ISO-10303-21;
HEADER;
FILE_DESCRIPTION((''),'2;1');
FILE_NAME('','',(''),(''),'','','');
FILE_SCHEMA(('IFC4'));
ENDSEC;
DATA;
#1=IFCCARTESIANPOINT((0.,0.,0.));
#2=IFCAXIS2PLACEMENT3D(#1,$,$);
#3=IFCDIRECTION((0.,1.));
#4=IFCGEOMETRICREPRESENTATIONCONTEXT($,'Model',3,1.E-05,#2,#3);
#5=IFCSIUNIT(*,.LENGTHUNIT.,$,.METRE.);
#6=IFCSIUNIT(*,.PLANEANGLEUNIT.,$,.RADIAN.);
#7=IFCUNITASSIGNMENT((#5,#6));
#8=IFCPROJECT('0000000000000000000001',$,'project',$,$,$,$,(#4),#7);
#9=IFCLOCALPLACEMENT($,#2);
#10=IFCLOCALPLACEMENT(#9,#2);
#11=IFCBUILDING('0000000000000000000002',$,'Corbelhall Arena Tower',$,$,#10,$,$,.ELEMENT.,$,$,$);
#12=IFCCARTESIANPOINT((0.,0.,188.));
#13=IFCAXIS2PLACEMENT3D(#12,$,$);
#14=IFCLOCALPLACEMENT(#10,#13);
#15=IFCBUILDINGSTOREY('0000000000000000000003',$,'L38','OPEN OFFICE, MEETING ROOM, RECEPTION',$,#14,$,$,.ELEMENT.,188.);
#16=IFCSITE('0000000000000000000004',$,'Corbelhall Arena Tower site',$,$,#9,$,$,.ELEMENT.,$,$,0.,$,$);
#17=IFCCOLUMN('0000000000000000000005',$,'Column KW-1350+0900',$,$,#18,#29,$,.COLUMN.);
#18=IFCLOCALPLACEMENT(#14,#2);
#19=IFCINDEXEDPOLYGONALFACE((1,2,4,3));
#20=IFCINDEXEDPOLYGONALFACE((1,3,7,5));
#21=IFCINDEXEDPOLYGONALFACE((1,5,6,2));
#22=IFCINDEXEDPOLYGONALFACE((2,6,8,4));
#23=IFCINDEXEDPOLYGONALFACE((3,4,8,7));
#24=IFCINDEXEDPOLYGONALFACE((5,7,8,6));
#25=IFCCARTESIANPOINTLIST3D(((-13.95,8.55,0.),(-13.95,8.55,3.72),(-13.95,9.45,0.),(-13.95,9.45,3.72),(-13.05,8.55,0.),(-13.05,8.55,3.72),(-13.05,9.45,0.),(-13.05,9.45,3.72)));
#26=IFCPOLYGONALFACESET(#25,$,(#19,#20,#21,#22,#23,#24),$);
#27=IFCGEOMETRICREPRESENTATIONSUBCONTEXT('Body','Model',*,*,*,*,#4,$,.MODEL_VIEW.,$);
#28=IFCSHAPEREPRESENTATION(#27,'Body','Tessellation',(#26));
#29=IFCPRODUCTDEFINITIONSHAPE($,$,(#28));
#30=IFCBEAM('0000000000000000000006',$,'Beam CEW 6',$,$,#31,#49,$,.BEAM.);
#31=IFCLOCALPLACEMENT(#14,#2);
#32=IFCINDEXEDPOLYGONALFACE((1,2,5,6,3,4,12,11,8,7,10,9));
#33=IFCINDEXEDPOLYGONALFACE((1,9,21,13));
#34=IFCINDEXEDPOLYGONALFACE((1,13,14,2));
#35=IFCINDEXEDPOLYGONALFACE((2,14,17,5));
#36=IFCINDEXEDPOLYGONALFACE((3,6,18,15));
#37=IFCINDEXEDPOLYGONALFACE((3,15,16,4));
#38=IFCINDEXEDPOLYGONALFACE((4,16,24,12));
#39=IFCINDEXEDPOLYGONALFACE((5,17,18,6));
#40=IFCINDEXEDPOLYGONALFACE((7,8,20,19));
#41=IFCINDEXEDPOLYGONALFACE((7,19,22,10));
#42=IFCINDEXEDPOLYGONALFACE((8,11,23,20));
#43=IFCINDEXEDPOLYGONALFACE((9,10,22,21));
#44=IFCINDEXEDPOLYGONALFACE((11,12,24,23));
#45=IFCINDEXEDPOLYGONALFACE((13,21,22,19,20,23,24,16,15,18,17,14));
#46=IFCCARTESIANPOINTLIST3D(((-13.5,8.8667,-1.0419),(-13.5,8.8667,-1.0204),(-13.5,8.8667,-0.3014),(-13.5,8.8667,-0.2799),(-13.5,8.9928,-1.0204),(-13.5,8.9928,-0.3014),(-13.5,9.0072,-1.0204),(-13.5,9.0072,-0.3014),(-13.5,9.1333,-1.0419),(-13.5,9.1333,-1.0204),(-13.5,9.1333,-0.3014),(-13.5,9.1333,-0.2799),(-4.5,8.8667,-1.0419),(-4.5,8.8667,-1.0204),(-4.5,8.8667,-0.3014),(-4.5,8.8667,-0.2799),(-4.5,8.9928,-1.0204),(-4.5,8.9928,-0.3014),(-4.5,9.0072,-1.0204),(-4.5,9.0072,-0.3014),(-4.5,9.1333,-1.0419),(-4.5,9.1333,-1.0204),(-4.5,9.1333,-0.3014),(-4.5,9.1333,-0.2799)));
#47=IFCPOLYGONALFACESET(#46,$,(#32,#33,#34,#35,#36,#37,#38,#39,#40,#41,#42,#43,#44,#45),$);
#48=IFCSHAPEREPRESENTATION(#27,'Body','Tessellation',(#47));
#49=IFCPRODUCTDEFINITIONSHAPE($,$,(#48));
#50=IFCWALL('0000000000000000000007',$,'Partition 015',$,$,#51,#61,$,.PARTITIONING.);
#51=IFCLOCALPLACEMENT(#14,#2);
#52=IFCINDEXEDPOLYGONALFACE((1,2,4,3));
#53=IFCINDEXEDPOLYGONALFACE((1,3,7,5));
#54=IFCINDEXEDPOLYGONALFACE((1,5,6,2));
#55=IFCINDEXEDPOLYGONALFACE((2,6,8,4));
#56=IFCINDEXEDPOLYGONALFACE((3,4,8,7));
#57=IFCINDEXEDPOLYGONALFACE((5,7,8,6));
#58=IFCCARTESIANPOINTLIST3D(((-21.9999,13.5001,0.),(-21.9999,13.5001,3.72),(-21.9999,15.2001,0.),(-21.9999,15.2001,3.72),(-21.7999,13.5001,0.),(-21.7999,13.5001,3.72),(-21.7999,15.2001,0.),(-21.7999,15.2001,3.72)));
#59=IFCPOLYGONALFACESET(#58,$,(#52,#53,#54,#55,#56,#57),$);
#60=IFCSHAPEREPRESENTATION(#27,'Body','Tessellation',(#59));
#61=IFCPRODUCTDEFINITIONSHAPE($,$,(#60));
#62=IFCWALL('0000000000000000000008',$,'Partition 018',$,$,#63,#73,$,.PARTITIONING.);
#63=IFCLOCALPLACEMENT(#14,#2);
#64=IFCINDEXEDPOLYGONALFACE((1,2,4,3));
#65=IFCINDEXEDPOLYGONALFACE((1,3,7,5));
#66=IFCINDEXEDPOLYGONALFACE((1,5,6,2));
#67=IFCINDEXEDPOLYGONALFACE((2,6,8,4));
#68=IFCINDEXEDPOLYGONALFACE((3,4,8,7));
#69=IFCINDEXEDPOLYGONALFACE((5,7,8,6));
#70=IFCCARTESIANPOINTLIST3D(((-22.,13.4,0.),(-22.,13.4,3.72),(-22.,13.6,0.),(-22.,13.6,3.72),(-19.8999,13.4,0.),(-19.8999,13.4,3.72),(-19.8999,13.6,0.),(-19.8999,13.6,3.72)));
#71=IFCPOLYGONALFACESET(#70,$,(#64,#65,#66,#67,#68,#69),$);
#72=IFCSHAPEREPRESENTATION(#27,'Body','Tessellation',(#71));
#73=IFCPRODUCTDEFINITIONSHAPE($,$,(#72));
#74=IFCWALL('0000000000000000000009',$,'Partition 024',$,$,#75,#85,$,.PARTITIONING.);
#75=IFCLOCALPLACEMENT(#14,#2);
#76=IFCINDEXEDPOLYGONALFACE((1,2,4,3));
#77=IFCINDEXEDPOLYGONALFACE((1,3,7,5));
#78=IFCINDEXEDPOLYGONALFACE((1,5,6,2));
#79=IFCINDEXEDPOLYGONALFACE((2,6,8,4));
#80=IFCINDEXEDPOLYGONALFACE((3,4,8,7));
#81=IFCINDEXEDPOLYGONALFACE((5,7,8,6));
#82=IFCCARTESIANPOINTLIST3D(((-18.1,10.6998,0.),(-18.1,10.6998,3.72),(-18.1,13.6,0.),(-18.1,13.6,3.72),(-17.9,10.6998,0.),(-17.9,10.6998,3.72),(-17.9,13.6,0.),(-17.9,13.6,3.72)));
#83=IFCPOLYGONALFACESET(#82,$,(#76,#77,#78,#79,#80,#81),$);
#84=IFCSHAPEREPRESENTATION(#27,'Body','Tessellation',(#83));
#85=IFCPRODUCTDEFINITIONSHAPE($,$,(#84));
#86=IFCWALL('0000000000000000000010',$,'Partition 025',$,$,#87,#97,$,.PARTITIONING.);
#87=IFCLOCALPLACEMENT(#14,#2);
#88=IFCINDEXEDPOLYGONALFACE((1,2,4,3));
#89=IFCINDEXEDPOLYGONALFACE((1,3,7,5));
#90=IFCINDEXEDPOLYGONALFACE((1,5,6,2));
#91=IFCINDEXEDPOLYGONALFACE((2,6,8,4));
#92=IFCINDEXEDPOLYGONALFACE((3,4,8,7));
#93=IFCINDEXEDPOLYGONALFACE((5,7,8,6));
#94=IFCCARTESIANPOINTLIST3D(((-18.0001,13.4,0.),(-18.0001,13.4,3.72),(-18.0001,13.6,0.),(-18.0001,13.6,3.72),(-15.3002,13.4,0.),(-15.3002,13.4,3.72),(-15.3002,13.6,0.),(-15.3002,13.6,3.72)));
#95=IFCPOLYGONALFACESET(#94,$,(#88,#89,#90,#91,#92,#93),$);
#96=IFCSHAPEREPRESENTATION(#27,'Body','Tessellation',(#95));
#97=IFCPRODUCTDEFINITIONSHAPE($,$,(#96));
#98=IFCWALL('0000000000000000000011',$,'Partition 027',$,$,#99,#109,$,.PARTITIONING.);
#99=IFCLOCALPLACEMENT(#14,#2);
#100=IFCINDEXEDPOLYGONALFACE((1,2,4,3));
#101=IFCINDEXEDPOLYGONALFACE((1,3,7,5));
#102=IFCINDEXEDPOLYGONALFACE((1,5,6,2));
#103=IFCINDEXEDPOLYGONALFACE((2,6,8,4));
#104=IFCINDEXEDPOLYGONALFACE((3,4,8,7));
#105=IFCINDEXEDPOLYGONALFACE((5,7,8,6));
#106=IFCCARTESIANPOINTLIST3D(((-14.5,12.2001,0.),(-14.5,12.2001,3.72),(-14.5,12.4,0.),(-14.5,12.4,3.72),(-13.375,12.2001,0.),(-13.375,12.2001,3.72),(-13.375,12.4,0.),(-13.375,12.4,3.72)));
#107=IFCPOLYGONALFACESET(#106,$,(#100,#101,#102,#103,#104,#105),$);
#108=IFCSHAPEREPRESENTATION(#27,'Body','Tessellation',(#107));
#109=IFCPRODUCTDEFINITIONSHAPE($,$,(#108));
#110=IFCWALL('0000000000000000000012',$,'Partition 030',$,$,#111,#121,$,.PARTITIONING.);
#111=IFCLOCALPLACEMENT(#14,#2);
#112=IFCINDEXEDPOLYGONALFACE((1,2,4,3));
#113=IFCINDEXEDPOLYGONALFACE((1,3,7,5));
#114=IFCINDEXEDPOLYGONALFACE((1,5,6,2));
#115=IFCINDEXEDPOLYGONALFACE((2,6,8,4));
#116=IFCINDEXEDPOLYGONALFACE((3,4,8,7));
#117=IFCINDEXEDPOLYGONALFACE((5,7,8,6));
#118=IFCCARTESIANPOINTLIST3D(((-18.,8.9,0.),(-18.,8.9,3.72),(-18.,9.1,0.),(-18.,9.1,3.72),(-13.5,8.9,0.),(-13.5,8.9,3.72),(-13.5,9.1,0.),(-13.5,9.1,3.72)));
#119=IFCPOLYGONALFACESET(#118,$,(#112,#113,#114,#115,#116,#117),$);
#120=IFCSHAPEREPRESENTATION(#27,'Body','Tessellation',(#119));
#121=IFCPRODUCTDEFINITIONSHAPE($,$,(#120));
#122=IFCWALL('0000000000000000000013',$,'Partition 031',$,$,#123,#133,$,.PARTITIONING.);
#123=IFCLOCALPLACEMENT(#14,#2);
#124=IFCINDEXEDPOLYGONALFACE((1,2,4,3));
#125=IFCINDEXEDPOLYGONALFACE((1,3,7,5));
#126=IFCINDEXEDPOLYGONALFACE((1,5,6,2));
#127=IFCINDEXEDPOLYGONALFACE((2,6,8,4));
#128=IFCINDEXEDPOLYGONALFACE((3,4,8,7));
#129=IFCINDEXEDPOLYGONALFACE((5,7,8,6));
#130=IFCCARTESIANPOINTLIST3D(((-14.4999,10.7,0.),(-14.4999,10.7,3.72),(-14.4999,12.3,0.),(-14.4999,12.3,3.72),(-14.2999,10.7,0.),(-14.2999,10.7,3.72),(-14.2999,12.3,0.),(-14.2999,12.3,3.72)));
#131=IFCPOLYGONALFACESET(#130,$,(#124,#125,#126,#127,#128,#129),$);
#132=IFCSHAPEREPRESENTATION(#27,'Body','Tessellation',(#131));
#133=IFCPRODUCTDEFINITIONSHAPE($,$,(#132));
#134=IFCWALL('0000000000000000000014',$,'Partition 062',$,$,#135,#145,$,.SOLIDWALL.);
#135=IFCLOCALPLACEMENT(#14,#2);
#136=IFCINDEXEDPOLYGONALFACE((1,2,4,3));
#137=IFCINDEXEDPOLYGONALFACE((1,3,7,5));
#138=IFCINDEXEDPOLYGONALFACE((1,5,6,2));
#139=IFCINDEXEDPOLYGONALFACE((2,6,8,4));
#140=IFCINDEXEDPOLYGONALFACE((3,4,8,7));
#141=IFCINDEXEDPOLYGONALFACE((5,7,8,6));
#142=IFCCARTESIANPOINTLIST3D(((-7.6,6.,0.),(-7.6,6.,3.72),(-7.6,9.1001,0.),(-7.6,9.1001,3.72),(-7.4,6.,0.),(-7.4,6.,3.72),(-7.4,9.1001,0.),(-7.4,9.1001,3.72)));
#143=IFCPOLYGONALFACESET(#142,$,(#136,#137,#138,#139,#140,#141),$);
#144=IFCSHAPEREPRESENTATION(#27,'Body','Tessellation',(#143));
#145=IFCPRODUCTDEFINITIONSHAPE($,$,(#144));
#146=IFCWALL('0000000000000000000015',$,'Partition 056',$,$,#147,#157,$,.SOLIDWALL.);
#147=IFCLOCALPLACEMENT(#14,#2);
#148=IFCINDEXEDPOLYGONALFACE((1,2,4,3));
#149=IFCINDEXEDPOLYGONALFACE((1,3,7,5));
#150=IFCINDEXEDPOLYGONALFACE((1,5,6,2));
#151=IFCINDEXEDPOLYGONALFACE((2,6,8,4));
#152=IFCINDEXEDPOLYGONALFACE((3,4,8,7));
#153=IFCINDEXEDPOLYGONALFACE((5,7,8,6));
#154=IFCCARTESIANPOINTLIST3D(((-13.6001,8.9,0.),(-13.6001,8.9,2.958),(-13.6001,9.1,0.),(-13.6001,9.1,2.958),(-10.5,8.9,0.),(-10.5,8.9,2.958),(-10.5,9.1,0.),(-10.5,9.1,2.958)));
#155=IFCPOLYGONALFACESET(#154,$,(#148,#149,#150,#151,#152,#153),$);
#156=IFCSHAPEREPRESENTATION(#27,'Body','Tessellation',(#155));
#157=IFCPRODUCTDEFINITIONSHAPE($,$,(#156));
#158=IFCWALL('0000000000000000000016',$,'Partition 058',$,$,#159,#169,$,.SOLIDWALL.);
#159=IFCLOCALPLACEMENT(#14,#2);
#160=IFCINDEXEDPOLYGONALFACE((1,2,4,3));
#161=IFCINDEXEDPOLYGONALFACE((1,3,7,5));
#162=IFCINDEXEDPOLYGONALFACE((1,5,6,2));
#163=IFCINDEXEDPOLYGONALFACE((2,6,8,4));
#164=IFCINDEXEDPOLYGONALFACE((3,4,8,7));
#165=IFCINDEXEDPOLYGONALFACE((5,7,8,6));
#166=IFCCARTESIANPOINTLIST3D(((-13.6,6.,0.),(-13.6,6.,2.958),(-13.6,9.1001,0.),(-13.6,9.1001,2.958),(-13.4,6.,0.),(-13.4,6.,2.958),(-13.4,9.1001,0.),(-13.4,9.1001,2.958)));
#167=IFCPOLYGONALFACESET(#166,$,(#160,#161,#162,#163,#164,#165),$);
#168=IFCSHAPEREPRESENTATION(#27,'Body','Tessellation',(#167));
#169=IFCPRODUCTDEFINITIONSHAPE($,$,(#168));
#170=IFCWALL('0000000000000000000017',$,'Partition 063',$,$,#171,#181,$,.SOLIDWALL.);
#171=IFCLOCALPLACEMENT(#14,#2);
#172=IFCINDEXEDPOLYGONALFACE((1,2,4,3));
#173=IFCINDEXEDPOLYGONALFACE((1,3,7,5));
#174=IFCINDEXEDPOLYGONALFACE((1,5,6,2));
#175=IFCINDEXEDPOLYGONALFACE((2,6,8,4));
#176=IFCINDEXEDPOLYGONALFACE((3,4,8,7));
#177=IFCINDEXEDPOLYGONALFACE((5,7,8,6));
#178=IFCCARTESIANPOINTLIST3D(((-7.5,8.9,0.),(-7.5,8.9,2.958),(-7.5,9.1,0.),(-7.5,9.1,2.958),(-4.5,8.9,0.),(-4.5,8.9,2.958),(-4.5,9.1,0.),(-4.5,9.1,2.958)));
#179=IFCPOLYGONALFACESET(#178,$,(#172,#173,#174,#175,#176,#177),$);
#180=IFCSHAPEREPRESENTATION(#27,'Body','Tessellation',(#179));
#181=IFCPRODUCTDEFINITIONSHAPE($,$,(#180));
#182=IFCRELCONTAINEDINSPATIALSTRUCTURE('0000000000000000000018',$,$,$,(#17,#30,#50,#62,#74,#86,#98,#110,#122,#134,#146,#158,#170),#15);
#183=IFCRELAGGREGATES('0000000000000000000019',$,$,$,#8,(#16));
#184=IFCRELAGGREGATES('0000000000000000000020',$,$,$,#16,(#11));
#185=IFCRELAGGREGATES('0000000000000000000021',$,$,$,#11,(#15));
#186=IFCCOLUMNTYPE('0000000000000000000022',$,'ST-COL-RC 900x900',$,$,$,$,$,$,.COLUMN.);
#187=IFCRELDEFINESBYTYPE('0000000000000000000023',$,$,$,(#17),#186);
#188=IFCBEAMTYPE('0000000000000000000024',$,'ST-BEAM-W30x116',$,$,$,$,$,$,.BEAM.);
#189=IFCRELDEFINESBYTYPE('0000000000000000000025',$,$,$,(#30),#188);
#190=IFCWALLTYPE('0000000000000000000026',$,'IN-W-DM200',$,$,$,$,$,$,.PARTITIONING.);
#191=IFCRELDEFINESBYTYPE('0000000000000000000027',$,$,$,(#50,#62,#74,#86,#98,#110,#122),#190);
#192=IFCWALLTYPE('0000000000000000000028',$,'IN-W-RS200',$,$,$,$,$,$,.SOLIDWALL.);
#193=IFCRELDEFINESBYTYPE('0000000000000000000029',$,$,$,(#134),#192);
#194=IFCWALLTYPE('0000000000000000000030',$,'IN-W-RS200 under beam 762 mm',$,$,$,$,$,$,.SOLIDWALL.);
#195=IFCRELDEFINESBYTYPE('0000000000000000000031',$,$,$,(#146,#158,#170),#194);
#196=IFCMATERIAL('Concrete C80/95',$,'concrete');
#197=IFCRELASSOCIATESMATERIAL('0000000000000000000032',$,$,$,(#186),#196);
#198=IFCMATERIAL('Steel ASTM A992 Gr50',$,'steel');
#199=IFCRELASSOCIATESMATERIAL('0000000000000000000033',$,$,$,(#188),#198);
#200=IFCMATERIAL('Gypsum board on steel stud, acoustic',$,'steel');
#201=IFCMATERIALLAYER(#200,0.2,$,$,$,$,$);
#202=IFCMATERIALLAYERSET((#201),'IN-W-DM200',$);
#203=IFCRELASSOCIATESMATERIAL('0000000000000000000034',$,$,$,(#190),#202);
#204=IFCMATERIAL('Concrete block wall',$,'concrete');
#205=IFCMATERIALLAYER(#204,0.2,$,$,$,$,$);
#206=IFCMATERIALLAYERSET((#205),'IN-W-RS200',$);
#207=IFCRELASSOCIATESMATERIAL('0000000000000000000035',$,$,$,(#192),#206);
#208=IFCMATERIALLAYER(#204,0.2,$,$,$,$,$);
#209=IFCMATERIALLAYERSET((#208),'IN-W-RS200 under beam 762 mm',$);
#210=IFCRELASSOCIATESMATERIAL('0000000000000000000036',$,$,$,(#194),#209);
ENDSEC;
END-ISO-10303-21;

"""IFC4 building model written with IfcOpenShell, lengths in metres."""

from ifc_helpers import new_model, si_unit, direction, frame, frame_2d, origin, origin_2d, place, context, subcontext, project, spatial, rectangle, i_section, extrude, material, layer, layer_set, material_profile, profile_set, type_object, element, save


model = new_model("IFC4")

# Units and contexts
model_context = context("Model", 3, precision=1e-05, world=origin(), true_north=direction((0.0, 1.0)))
body_context = subcontext(model_context, "Body", "Model", "MODEL_VIEW")
ifc_project = project(units=[si_unit("LENGTHUNIT", "METRE"), si_unit("PLANEANGLEUNIT", "RADIAN")], contexts=[model_context])

# Site, building, storey
site_placement = place(None, origin())
site = spatial("IfcSite", under=ifc_project, at=site_placement, Name="Corbelhall Arena Tower site", CompositionType="ELEMENT", RefElevation=0.0)
building_placement = place(site_placement, origin())
building = spatial("IfcBuilding", under=site, at=building_placement, Name="Corbelhall Arena Tower", CompositionType="ELEMENT")
storey_placement = place(building_placement, frame((0.0, 0.0, 188.0)))
storey = spatial("IfcBuildingStorey", under=building, at=storey_placement, Name="L38", Description="OPEN OFFICE, MEETING ROOM, RECEPTION", CompositionType="ELEMENT", Elevation=188.0)

# Column
ifc_material_1 = material(Name="Concrete C80/95", Category="concrete")
ifc_material_profile_1 = material_profile(ifc_material_1, rectangle(XDim=0.8999, YDim=0.8999, at=origin_2d()))
ifc_profile_set_1 = profile_set([ifc_material_profile_1], Name="Concrete C80/95")
column_type = type_object("IfcColumnType", Name="ST-COL-RC 900x900", PredefinedType="COLUMN", material=ifc_profile_set_1)
column_placement = place(storey_placement, frame((-13.5, 9.0, 0.0), z_axis=(0.0, 0.0, 1.0), x_axis=(1.0, 0.0, 0.0)))
element("IfcColumn", 1, at=column_placement, inside=storey, type_object=column_type, Name="Column KW-1350+0900", PredefinedType="COLUMN", context=body_context, shape_type="SweptSolid", body=[
    extrude(rectangle(XDim=0.8999, YDim=0.8999, at=origin_2d()), origin(), (0.0, 0.0, 1.0), 3.72),
])

# Beam
ifc_material_2 = material(Name="Steel ASTM A992 Gr50", Category="steel")
ifc_material_profile_2 = material_profile(ifc_material_2, i_section(OverallWidth=0.2666, OverallDepth=0.762, WebThickness=0.0144, FlangeThickness=0.0215, at=origin_2d()))
ifc_profile_set_2 = profile_set([ifc_material_profile_2], Name="Steel ASTM A992 Gr50")
beam_type = type_object("IfcBeamType", Name="ST-BEAM-W30x116", PredefinedType="BEAM", material=ifc_profile_set_2)
beam_placement = place(storey_placement, frame((-13.5, 9.0, -0.6609), z_axis=(1.0, 0.0, 0.0), x_axis=(0.0, 1.0, 0.0)))
element("IfcBeam", 2, at=beam_placement, inside=storey, type_object=beam_type, Name="Beam CEW 6", PredefinedType="BEAM", context=body_context, shape_type="SweptSolid", body=[
    extrude(i_section(OverallWidth=0.2666, OverallDepth=0.762, WebThickness=0.0144, FlangeThickness=0.0215, at=origin_2d()), origin(), (0.0, 0.0, 1.0), 9.0),
])

# Wall
ifc_material_3 = material(Name="Gypsum board on steel stud, acoustic", Category="steel")
ifc_layer_1 = layer(ifc_material_3, 0.2)
ifc_layer_set_1 = layer_set([ifc_layer_1], Name="IN-W-DM200")
wall_type_1 = type_object("IfcWallType", Name="IN-W-DM200", PredefinedType="PARTITIONING", material=ifc_layer_set_1)
wall_1_placement = place(storey_placement, frame((-21.8999, 13.5, 0.0), z_axis=(0.0, 0.0, 1.0), x_axis=(0.0, 1.0, 0.0)))
element("IfcWall", 3, at=wall_1_placement, inside=storey, type_object=wall_type_1, Name="Partition 015", PredefinedType="PARTITIONING", context=body_context, shape_type="SweptSolid", body=[
    extrude(rectangle(XDim=1.7, YDim=0.2, at=frame_2d((0.8501, 0.0))), origin(), (0.0, 0.0, 1.0), 3.72),
])

# Wall
wall_2_placement = place(storey_placement, frame((-19.8999, 13.5, 0.0), z_axis=(0.0, 0.0, 1.0), x_axis=(-1.0, 0.0, 0.0)))
element("IfcWall", 4, at=wall_2_placement, inside=storey, type_object=wall_type_1, Name="Partition 018", PredefinedType="PARTITIONING", context=body_context, shape_type="SweptSolid", body=[
    extrude(rectangle(XDim=2.1001, YDim=0.2, at=frame_2d((1.05, 0.0))), origin(), (0.0, 0.0, 1.0), 3.72),
])

# Walls
wall_3_placement = place(storey_placement, frame((-18.0, 13.6001, 0.0), z_axis=(0.0, 0.0, 1.0), x_axis=(0.0, -1.0, 0.0)))
element("IfcWall", 5, at=wall_3_placement, inside=storey, type_object=wall_type_1, Name="Partition 024", PredefinedType="PARTITIONING", context=body_context, shape_type="SweptSolid", body=[
    extrude(rectangle(XDim=2.9001, YDim=0.2, at=frame_2d((1.4502, 0.0))), origin(), (0.0, 0.0, 1.0), 3.72),
])
wall_4_placement = place(storey_placement, frame((-15.3, 13.5, 0.0), z_axis=(0.0, 0.0, 1.0), x_axis=(-1.0, 0.0, 0.0)))
element("IfcWall", 6, at=wall_4_placement, inside=storey, type_object=wall_type_1, Name="Partition 025", PredefinedType="PARTITIONING", context=body_context, shape_type="SweptSolid", body=[
    extrude(rectangle(XDim=2.7, YDim=0.2, at=frame_2d((1.3501, 0.0))), origin(), (0.0, 0.0, 1.0), 3.72),
])
wall_5_placement = place(storey_placement, frame((-14.5, 12.3, 0.0), z_axis=(0.0, 0.0, 1.0), x_axis=(1.0, 0.0, 0.0)))
element("IfcWall", 7, at=wall_5_placement, inside=storey, type_object=wall_type_1, Name="Partition 027", PredefinedType="PARTITIONING", context=body_context, shape_type="SweptSolid", body=[
    extrude(rectangle(XDim=1.125, YDim=0.2, at=frame_2d((0.5625, 0.0))), origin(), (0.0, 0.0, 1.0), 3.72),
])
wall_6_placement = place(storey_placement, frame((-13.5, 9.0, 0.0), z_axis=(0.0, 0.0, 1.0), x_axis=(-1.0, 0.0, 0.0)))
element("IfcWall", 8, at=wall_6_placement, inside=storey, type_object=wall_type_1, Name="Partition 030", PredefinedType="PARTITIONING", context=body_context, shape_type="SweptSolid", body=[
    extrude(rectangle(XDim=4.5, YDim=0.2, at=frame_2d((2.25, 0.0))), origin(), (0.0, 0.0, 1.0), 3.72),
])
wall_7_placement = place(storey_placement, frame((-14.3999, 10.7, 0.0), z_axis=(0.0, 0.0, 1.0), x_axis=(0.0, 1.0, 0.0)))
element("IfcWall", 9, at=wall_7_placement, inside=storey, type_object=wall_type_1, Name="Partition 031", PredefinedType="PARTITIONING", context=body_context, shape_type="SweptSolid", body=[
    extrude(rectangle(XDim=1.6001, YDim=0.2, at=frame_2d((0.8, 0.0))), origin(), (0.0, 0.0, 1.0), 3.72),
])

# Shared definitions
ifc_material_4 = material(Name="Concrete block wall", Category="concrete")
ifc_layer_2 = layer(ifc_material_4, 0.2)
ifc_layer_set_2 = layer_set([ifc_layer_2], Name="IN-W-RS200")
wall_type_2 = type_object("IfcWallType", Name="IN-W-RS200", PredefinedType="SOLIDWALL", material=ifc_layer_set_2)

# Walls
wall_8_placement = place(storey_placement, frame((-7.5, 6.0, 0.0), z_axis=(0.0, 0.0, 1.0), x_axis=(0.0, 1.0, 0.0)))
element("IfcWall", 10, at=wall_8_placement, inside=storey, type_object=wall_type_2, Name="Partition 062", PredefinedType="SOLIDWALL", context=body_context, shape_type="SweptSolid", body=[
    extrude(rectangle(XDim=3.1001, YDim=0.2, at=frame_2d((1.55, 0.0))), origin(), (0.0, 0.0, 1.0), 3.72),
])
ifc_layer_3 = layer(ifc_material_4, 0.2)
ifc_layer_set_3 = layer_set([ifc_layer_3], Name="IN-W-RS200 under beam 762 mm")
wall_type_3 = type_object("IfcWallType", Name="IN-W-RS200 under beam 762 mm", PredefinedType="SOLIDWALL", material=ifc_layer_set_3)
for number, where, z_axis, x_axis, name in (
    (11, (-13.6001, 9.0, 0.0), (0.0, 0.0, 1.0), (1.0, 0.0, 0.0), "Partition 056"),
    (12, (-13.5, 6.0, 0.0), (0.0, 0.0, 1.0), (0.0, 1.0, 0.0), "Partition 058"),
):
    element("IfcWall", number, at=place(storey_placement, frame(where, z_axis=z_axis, x_axis=x_axis)), inside=storey, type_object=wall_type_3, Name=name, PredefinedType="SOLIDWALL", context=body_context, shape_type="SweptSolid", body=[
        extrude(rectangle(XDim=3.1001, YDim=0.2, at=frame_2d((1.55, 0.0))), origin(), (0.0, 0.0, 1.0), 2.958),
    ])
wall_9_placement = place(storey_placement, frame((-7.5, 9.0, 0.0), z_axis=(0.0, 0.0, 1.0), x_axis=(1.0, 0.0, 0.0)))
element("IfcWall", 13, at=wall_9_placement, inside=storey, type_object=wall_type_3, Name="Partition 063", PredefinedType="SOLIDWALL", context=body_context, shape_type="SweptSolid", body=[
    extrude(rectangle(XDim=3.0, YDim=0.2, at=frame_2d((1.5, 0.0))), origin(), (0.0, 0.0, 1.0), 2.958),
])

save(model, "model.ifc")
